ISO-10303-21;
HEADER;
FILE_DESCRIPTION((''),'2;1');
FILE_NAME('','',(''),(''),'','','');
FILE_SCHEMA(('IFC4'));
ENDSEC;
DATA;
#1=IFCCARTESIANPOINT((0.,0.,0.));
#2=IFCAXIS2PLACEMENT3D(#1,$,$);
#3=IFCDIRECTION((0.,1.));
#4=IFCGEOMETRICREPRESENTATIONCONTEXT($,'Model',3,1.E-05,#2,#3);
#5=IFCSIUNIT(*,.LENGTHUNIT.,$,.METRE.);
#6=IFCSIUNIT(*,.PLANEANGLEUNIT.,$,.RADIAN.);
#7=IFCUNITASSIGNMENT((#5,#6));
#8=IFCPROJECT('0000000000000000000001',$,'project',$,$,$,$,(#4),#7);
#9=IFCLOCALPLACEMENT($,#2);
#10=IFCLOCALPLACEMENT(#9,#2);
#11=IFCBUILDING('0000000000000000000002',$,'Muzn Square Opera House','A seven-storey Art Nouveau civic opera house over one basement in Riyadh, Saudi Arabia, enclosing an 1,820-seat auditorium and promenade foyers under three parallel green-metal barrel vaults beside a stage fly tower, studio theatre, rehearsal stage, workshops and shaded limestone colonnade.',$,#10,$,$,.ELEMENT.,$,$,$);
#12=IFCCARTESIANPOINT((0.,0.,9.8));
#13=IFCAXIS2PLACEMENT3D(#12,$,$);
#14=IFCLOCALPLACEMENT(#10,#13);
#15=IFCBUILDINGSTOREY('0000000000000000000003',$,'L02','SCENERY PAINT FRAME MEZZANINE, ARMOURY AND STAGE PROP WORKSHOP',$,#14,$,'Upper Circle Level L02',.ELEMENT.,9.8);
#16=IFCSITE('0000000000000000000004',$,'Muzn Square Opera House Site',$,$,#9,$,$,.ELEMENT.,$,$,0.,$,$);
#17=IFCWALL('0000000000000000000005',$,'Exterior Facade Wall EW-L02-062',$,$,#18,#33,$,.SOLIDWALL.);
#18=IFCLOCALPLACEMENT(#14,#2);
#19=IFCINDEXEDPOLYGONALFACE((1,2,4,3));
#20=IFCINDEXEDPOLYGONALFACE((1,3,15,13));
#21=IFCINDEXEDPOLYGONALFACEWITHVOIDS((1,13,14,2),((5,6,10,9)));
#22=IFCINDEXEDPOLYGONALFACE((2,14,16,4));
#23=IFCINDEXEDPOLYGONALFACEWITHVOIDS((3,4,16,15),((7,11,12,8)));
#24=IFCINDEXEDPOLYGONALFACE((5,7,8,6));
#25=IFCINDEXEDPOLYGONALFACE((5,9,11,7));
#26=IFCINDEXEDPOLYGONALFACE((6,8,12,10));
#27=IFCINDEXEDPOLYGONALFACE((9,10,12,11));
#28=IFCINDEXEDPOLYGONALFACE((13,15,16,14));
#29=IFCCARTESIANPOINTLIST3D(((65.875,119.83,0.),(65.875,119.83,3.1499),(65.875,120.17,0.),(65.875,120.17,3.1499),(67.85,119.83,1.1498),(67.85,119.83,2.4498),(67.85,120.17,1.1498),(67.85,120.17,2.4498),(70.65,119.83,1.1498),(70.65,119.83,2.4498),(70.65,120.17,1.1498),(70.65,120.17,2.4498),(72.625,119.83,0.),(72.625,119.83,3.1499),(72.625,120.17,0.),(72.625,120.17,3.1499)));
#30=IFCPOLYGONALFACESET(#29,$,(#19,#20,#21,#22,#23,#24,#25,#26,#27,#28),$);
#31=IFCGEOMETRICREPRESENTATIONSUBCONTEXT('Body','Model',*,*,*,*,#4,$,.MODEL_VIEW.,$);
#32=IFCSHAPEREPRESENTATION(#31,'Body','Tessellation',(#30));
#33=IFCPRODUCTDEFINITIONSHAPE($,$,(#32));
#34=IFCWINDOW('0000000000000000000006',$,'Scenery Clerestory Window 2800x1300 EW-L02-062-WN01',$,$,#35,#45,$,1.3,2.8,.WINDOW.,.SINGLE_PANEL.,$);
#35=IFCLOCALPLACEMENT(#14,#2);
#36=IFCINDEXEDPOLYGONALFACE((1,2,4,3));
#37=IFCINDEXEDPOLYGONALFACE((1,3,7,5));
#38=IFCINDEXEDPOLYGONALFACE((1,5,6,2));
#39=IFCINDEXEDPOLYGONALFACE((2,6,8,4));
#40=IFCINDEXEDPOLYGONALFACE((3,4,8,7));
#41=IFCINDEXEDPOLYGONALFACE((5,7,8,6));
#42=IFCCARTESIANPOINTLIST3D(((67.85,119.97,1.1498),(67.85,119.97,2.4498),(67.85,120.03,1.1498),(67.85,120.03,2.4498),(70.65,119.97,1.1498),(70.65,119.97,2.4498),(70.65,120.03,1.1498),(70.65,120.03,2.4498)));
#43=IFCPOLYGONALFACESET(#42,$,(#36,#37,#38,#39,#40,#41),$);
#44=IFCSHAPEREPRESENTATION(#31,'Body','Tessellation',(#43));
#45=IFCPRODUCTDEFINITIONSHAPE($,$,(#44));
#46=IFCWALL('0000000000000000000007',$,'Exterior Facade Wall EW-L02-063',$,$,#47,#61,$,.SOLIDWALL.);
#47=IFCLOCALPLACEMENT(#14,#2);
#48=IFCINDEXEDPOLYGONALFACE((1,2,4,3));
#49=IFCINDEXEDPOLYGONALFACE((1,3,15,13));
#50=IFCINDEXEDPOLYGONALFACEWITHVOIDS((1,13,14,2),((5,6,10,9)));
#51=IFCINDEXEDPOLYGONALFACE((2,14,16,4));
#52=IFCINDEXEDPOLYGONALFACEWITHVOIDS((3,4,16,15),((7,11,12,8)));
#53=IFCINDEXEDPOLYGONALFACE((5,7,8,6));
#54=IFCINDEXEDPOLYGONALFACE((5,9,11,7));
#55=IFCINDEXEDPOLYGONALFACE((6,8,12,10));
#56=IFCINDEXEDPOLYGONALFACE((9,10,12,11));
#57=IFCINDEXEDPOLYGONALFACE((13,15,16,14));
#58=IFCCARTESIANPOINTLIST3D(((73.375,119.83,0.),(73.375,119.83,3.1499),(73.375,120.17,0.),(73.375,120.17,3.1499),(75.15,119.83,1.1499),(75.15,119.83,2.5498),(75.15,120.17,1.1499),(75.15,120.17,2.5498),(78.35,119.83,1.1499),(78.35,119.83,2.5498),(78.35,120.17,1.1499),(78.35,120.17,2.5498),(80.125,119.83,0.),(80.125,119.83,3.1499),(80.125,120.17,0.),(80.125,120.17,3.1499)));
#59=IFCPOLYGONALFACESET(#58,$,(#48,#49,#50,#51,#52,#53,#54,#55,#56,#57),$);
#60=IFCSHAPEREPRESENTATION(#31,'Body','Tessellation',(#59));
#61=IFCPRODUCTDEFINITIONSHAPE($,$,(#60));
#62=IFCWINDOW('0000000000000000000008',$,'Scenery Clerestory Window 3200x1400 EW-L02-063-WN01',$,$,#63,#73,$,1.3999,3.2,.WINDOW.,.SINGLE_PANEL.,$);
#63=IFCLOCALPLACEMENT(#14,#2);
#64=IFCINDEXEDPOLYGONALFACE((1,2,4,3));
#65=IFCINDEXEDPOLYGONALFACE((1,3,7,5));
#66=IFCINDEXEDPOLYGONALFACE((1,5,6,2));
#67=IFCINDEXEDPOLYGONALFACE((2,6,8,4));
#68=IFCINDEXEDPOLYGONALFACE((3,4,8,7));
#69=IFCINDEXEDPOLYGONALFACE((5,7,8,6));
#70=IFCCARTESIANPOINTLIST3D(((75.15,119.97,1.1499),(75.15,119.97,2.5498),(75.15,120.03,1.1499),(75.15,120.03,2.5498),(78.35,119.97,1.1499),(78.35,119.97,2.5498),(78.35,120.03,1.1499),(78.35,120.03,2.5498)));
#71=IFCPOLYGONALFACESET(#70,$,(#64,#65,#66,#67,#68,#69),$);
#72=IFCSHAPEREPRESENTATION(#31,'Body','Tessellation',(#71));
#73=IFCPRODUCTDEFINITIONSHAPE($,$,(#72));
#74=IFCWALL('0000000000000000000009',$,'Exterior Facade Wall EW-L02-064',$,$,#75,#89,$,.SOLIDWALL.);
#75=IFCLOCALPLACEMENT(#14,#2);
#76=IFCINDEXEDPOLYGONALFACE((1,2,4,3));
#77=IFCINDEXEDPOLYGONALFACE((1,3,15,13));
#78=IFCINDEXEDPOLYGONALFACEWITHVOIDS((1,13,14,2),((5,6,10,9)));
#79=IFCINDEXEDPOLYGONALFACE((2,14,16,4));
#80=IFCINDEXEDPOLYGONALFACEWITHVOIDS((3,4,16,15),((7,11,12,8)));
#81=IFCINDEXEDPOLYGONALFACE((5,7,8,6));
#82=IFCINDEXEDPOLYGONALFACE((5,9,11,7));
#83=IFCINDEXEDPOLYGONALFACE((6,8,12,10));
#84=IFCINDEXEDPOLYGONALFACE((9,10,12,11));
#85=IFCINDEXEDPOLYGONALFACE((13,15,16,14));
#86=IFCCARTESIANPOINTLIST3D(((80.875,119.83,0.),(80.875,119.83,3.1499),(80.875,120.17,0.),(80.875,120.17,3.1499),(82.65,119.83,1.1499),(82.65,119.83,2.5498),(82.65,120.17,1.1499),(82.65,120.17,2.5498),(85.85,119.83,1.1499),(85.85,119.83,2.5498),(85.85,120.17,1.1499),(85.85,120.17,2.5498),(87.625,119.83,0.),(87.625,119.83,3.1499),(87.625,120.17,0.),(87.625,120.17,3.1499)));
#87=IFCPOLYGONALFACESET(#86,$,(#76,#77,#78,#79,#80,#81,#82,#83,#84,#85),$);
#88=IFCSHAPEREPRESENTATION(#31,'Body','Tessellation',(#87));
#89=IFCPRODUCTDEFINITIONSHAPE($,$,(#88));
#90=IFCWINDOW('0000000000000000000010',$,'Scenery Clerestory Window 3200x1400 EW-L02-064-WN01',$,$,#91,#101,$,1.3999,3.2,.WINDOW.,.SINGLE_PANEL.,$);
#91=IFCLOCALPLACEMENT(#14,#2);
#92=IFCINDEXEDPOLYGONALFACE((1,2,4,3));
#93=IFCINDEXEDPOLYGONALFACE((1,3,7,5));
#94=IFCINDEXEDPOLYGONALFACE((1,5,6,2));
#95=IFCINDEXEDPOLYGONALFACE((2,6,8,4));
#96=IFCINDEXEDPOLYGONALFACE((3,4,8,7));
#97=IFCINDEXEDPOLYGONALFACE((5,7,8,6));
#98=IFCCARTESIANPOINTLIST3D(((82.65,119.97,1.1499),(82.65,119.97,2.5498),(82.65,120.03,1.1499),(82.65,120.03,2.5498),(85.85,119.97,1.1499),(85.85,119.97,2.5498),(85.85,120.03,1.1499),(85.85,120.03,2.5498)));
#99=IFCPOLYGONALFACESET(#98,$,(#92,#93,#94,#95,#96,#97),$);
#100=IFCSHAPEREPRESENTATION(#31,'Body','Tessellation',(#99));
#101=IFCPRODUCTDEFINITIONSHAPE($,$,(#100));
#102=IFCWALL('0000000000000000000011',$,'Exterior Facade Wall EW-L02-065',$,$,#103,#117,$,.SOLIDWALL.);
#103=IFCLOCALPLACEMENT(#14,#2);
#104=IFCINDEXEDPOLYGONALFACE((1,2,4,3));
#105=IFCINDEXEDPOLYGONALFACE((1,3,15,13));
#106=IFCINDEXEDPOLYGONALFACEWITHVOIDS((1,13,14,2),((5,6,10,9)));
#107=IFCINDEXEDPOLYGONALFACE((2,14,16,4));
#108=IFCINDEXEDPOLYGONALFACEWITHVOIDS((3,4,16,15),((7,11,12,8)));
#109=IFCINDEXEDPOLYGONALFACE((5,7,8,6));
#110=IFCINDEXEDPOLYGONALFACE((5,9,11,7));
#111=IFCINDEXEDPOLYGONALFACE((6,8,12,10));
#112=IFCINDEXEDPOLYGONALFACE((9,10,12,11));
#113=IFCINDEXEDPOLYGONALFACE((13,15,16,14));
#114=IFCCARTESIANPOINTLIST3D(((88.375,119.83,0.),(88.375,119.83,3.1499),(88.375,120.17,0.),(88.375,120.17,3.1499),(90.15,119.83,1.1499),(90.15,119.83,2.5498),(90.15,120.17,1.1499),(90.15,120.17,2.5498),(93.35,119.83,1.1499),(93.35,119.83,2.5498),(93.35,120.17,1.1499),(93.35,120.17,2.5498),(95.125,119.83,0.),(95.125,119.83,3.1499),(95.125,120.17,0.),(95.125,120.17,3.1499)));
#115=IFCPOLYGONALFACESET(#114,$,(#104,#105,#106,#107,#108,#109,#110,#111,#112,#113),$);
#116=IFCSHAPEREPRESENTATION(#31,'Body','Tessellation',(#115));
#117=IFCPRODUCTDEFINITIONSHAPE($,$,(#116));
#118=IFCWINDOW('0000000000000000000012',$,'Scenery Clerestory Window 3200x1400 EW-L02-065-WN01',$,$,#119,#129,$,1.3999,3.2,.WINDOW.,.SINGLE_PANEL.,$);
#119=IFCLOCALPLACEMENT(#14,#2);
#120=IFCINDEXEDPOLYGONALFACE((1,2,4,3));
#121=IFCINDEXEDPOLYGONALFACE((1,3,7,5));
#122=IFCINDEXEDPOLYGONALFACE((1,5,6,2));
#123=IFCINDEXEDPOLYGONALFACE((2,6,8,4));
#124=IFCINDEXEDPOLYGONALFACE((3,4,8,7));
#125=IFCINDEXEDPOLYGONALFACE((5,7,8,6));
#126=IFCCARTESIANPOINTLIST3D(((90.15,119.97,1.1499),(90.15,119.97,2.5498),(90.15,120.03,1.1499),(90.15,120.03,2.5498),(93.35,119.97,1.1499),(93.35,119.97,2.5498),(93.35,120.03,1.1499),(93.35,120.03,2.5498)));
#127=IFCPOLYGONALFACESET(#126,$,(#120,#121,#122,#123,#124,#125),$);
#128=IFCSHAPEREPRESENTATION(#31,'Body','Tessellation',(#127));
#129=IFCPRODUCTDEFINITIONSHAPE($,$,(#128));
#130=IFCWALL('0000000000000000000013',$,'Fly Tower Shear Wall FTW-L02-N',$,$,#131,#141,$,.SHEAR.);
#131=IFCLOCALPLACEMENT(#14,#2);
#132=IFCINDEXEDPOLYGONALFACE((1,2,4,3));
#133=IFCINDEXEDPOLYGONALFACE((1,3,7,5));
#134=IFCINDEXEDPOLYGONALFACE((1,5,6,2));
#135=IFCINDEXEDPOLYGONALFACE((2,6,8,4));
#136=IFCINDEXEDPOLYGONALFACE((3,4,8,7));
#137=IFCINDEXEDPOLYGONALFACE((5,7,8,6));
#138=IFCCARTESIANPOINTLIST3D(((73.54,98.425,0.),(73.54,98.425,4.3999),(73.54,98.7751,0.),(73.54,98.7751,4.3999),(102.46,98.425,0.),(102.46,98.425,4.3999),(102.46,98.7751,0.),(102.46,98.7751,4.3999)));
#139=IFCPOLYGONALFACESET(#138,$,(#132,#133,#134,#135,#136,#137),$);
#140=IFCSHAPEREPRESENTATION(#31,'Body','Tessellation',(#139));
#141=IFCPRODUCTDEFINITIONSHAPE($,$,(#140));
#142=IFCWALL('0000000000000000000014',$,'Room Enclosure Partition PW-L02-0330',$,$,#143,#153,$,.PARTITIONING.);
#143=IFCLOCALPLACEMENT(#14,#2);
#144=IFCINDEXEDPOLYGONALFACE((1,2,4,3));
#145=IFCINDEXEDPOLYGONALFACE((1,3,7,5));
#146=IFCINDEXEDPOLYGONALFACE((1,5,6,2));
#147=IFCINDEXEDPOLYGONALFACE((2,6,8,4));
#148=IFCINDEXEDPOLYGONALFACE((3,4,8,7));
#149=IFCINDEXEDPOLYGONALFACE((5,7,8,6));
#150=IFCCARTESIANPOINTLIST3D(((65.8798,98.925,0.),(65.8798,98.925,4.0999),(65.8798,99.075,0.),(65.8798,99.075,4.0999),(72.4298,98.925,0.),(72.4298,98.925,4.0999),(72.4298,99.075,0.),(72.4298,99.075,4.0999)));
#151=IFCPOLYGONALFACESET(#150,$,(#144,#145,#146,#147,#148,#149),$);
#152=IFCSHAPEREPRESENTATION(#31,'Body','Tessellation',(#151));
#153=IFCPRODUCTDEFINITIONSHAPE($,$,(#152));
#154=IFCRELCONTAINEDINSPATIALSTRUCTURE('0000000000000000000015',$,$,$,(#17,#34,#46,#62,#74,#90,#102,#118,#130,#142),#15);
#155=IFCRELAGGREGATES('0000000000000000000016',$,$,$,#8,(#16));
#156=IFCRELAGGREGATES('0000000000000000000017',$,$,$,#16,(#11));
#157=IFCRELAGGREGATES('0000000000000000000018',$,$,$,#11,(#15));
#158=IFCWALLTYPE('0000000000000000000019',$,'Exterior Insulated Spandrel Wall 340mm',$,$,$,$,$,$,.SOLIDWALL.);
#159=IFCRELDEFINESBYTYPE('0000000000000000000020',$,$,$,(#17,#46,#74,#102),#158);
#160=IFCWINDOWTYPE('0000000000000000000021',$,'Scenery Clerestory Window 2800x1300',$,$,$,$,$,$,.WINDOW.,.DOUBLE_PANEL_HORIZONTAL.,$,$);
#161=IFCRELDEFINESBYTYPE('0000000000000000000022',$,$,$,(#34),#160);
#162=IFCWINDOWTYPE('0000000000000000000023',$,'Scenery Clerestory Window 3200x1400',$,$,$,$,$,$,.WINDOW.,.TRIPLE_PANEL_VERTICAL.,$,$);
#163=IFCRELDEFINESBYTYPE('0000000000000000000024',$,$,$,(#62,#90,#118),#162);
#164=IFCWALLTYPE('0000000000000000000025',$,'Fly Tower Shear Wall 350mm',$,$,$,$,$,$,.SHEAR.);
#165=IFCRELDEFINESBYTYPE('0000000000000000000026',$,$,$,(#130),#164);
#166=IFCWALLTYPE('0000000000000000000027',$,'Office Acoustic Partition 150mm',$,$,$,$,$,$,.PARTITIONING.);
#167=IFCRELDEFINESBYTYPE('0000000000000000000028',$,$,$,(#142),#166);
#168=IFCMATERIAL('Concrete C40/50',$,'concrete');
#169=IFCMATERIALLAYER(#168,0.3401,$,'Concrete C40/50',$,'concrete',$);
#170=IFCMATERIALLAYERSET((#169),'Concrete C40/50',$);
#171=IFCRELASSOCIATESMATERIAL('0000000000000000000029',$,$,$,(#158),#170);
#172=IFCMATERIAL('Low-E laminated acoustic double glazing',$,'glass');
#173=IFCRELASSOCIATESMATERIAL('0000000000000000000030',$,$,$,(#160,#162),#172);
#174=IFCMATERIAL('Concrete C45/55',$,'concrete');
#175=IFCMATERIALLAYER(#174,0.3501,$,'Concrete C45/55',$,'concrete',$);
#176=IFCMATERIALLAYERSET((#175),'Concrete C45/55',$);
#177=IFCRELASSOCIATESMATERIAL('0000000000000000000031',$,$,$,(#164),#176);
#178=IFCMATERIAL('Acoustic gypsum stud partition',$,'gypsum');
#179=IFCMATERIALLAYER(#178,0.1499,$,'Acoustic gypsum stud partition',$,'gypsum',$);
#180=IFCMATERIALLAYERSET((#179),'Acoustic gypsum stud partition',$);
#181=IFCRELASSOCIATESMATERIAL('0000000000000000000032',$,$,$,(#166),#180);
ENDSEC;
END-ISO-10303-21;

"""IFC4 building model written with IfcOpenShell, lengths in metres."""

from ifc_helpers import new_model, si_unit, direction, frame, frame_2d, origin, place, context, subcontext, project, spatial, rectangle, extrude, material, layer, layer_set, type_object, element, fill, save


model = new_model("IFC4")

# Units and contexts
model_context = context("Model", 3, precision=1e-05, world=origin(), true_north=direction((0.0, 1.0)))
body_context = subcontext(model_context, "Body", "Model", "MODEL_VIEW")
ifc_project = project(units=[si_unit("LENGTHUNIT", "METRE"), si_unit("PLANEANGLEUNIT", "RADIAN")], contexts=[model_context])

# Site, building, storey
site_placement = place(None, origin())
site = spatial("IfcSite", under=ifc_project, at=site_placement, Name="Muzn Square Opera House Site", CompositionType="ELEMENT", RefElevation=0.0)
building_placement = place(site_placement, origin())
building = spatial("IfcBuilding", under=site, at=building_placement, Name="Muzn Square Opera House", Description="A seven-storey Art Nouveau civic opera house over one basement in Riyadh, Saudi Arabia, enclosing an 1,820-seat auditorium and promenade foyers under three parallel green-metal barrel vaults beside a stage fly tower, studio theatre, rehearsal stage, workshops and shaded limestone colonnade.", CompositionType="ELEMENT")
storey_placement = place(building_placement, frame((0.0, 0.0, 9.8)))
storey = spatial("IfcBuildingStorey", under=building, at=storey_placement, Name="L02", Description="SCENERY PAINT FRAME MEZZANINE, ARMOURY AND STAGE PROP WORKSHOP", LongName="Upper Circle Level L02", CompositionType="ELEMENT", Elevation=9.8)

# Shared definitions
ifc_material_1 = material(Name="Concrete C45/55", Category="concrete")

# Shared definitions
ifc_material_2 = material(Name="Concrete C40/50", Category="concrete")

# Walls, openings, windows
ifc_layer_1 = layer(ifc_material_2, 0.3401, Name="Concrete C40/50", Category="concrete")
ifc_layer_set_1 = layer_set([ifc_layer_1], Name="Concrete C40/50")
wall_type_1 = type_object("IfcWallType", Name="Exterior Insulated Spandrel Wall 340mm", PredefinedType="SOLIDWALL", material=ifc_layer_set_1)
wall_1_placement = place(storey_placement, frame((65.875, 120.0, 0.0), z_axis=(0.0, 0.0, 1.0), x_axis=(1.0, 0.0, 0.0)))
wall_1 = element("IfcWall", 1, at=wall_1_placement, inside=storey, type_object=wall_type_1, Name="Exterior Facade Wall EW-L02-062", PredefinedType="SOLIDWALL", context=body_context, shape_type="SweptSolid", body=[
    extrude(rectangle(XDim=6.75, YDim=0.3401, at=frame_2d((3.375, 0.0))), origin(), (0.0, 0.0, 1.0), 3.1499),
])
opening_1_placement = place(wall_1_placement, frame((1.9751, 0.0, 1.1499)))
opening_1 = element("IfcOpeningElement", 2, at=opening_1_placement, cuts=wall_1, PredefinedType="OPENING", context=body_context, shape_type="SweptSolid", body=[
    extrude(rectangle(XDim=2.8, YDim=1.3, at=frame_2d((1.3999, 0.6499))), frame((0.0, 0.1799, 0.0), z_axis=(0.0, -1.0, 0.0), x_axis=(1.0, 0.0, 0.0)), (0.0, 0.0, 1.0), 0.3601),
])
ifc_material_3 = material(Name="Low-E laminated acoustic double glazing", Category="glass")
window_type_1 = type_object("IfcWindowType", Name="Scenery Clerestory Window 2800x1300", PartitioningType="DOUBLE_PANEL_HORIZONTAL", PredefinedType="WINDOW", material=ifc_material_3)
window_1_placement = place(opening_1_placement, origin())
window_1 = element("IfcWindow", 3, at=window_1_placement, inside=storey, type_object=window_type_1, Name="Scenery Clerestory Window 2800x1300 EW-L02-062-WN01", OverallHeight=1.3, OverallWidth=2.8, PartitioningType="SINGLE_PANEL", PredefinedType="WINDOW", context=body_context, shape_type="SweptSolid", body=[
    extrude(rectangle(XDim=2.8, YDim=1.3, at=frame_2d((1.3999, 0.6499))), frame((0.0, 0.03, 0.0), z_axis=(0.0, -1.0, 0.0), x_axis=(1.0, 0.0, 0.0)), (0.0, 0.0, 1.0), 0.0601),
])
fill(opening_1, window_1)
wall_2_placement = place(storey_placement, frame((73.375, 120.0, 0.0), z_axis=(0.0, 0.0, 1.0), x_axis=(1.0, 0.0, 0.0)))
wall_2 = element("IfcWall", 4, at=wall_2_placement, inside=storey, type_object=wall_type_1, Name="Exterior Facade Wall EW-L02-063", PredefinedType="SOLIDWALL", context=body_context, shape_type="SweptSolid", body=[
    extrude(rectangle(XDim=6.75, YDim=0.3401, at=frame_2d((3.375, 0.0))), origin(), (0.0, 0.0, 1.0), 3.1499),
])
opening_2_placement = place(wall_2_placement, frame((1.7749, 0.0, 1.1499)))
opening_2 = element("IfcOpeningElement", 5, at=opening_2_placement, cuts=wall_2, PredefinedType="OPENING", context=body_context, shape_type="SweptSolid", body=[
    extrude(rectangle(XDim=3.2, YDim=1.3999, at=frame_2d((1.6001, 0.7))), frame((0.0, 0.1799, 0.0), z_axis=(0.0, -1.0, 0.0), x_axis=(1.0, 0.0, 0.0)), (0.0, 0.0, 1.0), 0.3601),
])
window_type_2 = type_object("IfcWindowType", Name="Scenery Clerestory Window 3200x1400", PartitioningType="TRIPLE_PANEL_VERTICAL", PredefinedType="WINDOW", material=ifc_material_3)
window_2_placement = place(opening_2_placement, origin())
window_2 = element("IfcWindow", 6, at=window_2_placement, inside=storey, type_object=window_type_2, Name="Scenery Clerestory Window 3200x1400 EW-L02-063-WN01", OverallHeight=1.3999, OverallWidth=3.2, PartitioningType="SINGLE_PANEL", PredefinedType="WINDOW", context=body_context, shape_type="SweptSolid", body=[
    extrude(rectangle(XDim=3.2, YDim=1.3999, at=frame_2d((1.6001, 0.7))), frame((0.0, 0.03, 0.0), z_axis=(0.0, -1.0, 0.0), x_axis=(1.0, 0.0, 0.0)), (0.0, 0.0, 1.0), 0.0601),
])
fill(opening_2, window_2)
wall_3_placement = place(storey_placement, frame((80.875, 120.0, 0.0), z_axis=(0.0, 0.0, 1.0), x_axis=(1.0, 0.0, 0.0)))
wall_3 = element("IfcWall", 7, at=wall_3_placement, inside=storey, type_object=wall_type_1, Name="Exterior Facade Wall EW-L02-064", PredefinedType="SOLIDWALL", context=body_context, shape_type="SweptSolid", body=[
    extrude(rectangle(XDim=6.75, YDim=0.3401, at=frame_2d((3.375, 0.0))), origin(), (0.0, 0.0, 1.0), 3.1499),
])
opening_3_placement = place(wall_3_placement, frame((1.7749, 0.0, 1.1499)))
opening_3 = element("IfcOpeningElement", 8, at=opening_3_placement, cuts=wall_3, PredefinedType="OPENING", context=body_context, shape_type="SweptSolid", body=[
    extrude(rectangle(XDim=3.2, YDim=1.3999, at=frame_2d((1.6001, 0.7))), frame((0.0, 0.1799, 0.0), z_axis=(0.0, -1.0, 0.0), x_axis=(1.0, 0.0, 0.0)), (0.0, 0.0, 1.0), 0.3601),
])
window_3_placement = place(opening_3_placement, origin())
window_3 = element("IfcWindow", 9, at=window_3_placement, inside=storey, type_object=window_type_2, Name="Scenery Clerestory Window 3200x1400 EW-L02-064-WN01", OverallHeight=1.3999, OverallWidth=3.2, PartitioningType="SINGLE_PANEL", PredefinedType="WINDOW", context=body_context, shape_type="SweptSolid", body=[
    extrude(rectangle(XDim=3.2, YDim=1.3999, at=frame_2d((1.6001, 0.7))), frame((0.0, 0.03, 0.0), z_axis=(0.0, -1.0, 0.0), x_axis=(1.0, 0.0, 0.0)), (0.0, 0.0, 1.0), 0.0601),
])
fill(opening_3, window_3)
wall_4_placement = place(storey_placement, frame((88.375, 120.0, 0.0), z_axis=(0.0, 0.0, 1.0), x_axis=(1.0, 0.0, 0.0)))
wall_4 = element("IfcWall", 10, at=wall_4_placement, inside=storey, type_object=wall_type_1, Name="Exterior Facade Wall EW-L02-065", PredefinedType="SOLIDWALL", context=body_context, shape_type="SweptSolid", body=[
    extrude(rectangle(XDim=6.75, YDim=0.3401, at=frame_2d((3.375, 0.0))), origin(), (0.0, 0.0, 1.0), 3.1499),
])
opening_4_placement = place(wall_4_placement, frame((1.7749, 0.0, 1.1499)))
opening_4 = element("IfcOpeningElement", 11, at=opening_4_placement, cuts=wall_4, PredefinedType="OPENING", context=body_context, shape_type="SweptSolid", body=[
    extrude(rectangle(XDim=3.2, YDim=1.3999, at=frame_2d((1.6001, 0.7))), frame((0.0, 0.1799, 0.0), z_axis=(0.0, -1.0, 0.0), x_axis=(1.0, 0.0, 0.0)), (0.0, 0.0, 1.0), 0.3601),
])
window_4_placement = place(opening_4_placement, origin())
window_4 = element("IfcWindow", 12, at=window_4_placement, inside=storey, type_object=window_type_2, Name="Scenery Clerestory Window 3200x1400 EW-L02-065-WN01", OverallHeight=1.3999, OverallWidth=3.2, PartitioningType="SINGLE_PANEL", PredefinedType="WINDOW", context=body_context, shape_type="SweptSolid", body=[
    extrude(rectangle(XDim=3.2, YDim=1.3999, at=frame_2d((1.6001, 0.7))), frame((0.0, 0.03, 0.0), z_axis=(0.0, -1.0, 0.0), x_axis=(1.0, 0.0, 0.0)), (0.0, 0.0, 1.0), 0.0601),
])
fill(opening_4, window_4)

# Walls
ifc_layer_2 = layer(ifc_material_1, 0.3501, Name="Concrete C45/55", Category="concrete")
ifc_layer_set_2 = layer_set([ifc_layer_2], Name="Concrete C45/55")
wall_type_2 = type_object("IfcWallType", Name="Fly Tower Shear Wall 350mm", PredefinedType="SHEAR", material=ifc_layer_set_2)
wall_5_placement = place(storey_placement, frame((73.54, 98.6001, 0.0), z_axis=(0.0, 0.0, 1.0), x_axis=(1.0, 0.0, 0.0)))
element("IfcWall", 13, at=wall_5_placement, inside=storey, type_object=wall_type_2, Name="Fly Tower Shear Wall FTW-L02-N", PredefinedType="SHEAR", context=body_context, shape_type="SweptSolid", body=[
    extrude(rectangle(XDim=28.9199, YDim=0.3501, at=frame_2d((14.46, 0.0))), origin(), (0.0, 0.0, 1.0), 4.3999),
])
ifc_material_4 = material(Name="Acoustic gypsum stud partition", Category="gypsum")
ifc_layer_3 = layer(ifc_material_4, 0.1499, Name="Acoustic gypsum stud partition", Category="gypsum")
ifc_layer_set_3 = layer_set([ifc_layer_3], Name="Acoustic gypsum stud partition")
wall_type_3 = type_object("IfcWallType", Name="Office Acoustic Partition 150mm", PredefinedType="PARTITIONING", material=ifc_layer_set_3)
wall_6_placement = place(storey_placement, frame((65.8799, 99.0, 0.0), z_axis=(0.0, 0.0, 1.0), x_axis=(1.0, 0.0, 0.0)))
element("IfcWall", 14, at=wall_6_placement, inside=storey, type_object=wall_type_3, Name="Room Enclosure Partition PW-L02-0330", PredefinedType="PARTITIONING", context=body_context, shape_type="SweptSolid", body=[
    extrude(rectangle(XDim=6.55, YDim=0.1499, at=frame_2d((3.2749, 0.0))), origin(), (0.0, 0.0, 1.0), 4.0999),
])

save(model, "model.ifc")
